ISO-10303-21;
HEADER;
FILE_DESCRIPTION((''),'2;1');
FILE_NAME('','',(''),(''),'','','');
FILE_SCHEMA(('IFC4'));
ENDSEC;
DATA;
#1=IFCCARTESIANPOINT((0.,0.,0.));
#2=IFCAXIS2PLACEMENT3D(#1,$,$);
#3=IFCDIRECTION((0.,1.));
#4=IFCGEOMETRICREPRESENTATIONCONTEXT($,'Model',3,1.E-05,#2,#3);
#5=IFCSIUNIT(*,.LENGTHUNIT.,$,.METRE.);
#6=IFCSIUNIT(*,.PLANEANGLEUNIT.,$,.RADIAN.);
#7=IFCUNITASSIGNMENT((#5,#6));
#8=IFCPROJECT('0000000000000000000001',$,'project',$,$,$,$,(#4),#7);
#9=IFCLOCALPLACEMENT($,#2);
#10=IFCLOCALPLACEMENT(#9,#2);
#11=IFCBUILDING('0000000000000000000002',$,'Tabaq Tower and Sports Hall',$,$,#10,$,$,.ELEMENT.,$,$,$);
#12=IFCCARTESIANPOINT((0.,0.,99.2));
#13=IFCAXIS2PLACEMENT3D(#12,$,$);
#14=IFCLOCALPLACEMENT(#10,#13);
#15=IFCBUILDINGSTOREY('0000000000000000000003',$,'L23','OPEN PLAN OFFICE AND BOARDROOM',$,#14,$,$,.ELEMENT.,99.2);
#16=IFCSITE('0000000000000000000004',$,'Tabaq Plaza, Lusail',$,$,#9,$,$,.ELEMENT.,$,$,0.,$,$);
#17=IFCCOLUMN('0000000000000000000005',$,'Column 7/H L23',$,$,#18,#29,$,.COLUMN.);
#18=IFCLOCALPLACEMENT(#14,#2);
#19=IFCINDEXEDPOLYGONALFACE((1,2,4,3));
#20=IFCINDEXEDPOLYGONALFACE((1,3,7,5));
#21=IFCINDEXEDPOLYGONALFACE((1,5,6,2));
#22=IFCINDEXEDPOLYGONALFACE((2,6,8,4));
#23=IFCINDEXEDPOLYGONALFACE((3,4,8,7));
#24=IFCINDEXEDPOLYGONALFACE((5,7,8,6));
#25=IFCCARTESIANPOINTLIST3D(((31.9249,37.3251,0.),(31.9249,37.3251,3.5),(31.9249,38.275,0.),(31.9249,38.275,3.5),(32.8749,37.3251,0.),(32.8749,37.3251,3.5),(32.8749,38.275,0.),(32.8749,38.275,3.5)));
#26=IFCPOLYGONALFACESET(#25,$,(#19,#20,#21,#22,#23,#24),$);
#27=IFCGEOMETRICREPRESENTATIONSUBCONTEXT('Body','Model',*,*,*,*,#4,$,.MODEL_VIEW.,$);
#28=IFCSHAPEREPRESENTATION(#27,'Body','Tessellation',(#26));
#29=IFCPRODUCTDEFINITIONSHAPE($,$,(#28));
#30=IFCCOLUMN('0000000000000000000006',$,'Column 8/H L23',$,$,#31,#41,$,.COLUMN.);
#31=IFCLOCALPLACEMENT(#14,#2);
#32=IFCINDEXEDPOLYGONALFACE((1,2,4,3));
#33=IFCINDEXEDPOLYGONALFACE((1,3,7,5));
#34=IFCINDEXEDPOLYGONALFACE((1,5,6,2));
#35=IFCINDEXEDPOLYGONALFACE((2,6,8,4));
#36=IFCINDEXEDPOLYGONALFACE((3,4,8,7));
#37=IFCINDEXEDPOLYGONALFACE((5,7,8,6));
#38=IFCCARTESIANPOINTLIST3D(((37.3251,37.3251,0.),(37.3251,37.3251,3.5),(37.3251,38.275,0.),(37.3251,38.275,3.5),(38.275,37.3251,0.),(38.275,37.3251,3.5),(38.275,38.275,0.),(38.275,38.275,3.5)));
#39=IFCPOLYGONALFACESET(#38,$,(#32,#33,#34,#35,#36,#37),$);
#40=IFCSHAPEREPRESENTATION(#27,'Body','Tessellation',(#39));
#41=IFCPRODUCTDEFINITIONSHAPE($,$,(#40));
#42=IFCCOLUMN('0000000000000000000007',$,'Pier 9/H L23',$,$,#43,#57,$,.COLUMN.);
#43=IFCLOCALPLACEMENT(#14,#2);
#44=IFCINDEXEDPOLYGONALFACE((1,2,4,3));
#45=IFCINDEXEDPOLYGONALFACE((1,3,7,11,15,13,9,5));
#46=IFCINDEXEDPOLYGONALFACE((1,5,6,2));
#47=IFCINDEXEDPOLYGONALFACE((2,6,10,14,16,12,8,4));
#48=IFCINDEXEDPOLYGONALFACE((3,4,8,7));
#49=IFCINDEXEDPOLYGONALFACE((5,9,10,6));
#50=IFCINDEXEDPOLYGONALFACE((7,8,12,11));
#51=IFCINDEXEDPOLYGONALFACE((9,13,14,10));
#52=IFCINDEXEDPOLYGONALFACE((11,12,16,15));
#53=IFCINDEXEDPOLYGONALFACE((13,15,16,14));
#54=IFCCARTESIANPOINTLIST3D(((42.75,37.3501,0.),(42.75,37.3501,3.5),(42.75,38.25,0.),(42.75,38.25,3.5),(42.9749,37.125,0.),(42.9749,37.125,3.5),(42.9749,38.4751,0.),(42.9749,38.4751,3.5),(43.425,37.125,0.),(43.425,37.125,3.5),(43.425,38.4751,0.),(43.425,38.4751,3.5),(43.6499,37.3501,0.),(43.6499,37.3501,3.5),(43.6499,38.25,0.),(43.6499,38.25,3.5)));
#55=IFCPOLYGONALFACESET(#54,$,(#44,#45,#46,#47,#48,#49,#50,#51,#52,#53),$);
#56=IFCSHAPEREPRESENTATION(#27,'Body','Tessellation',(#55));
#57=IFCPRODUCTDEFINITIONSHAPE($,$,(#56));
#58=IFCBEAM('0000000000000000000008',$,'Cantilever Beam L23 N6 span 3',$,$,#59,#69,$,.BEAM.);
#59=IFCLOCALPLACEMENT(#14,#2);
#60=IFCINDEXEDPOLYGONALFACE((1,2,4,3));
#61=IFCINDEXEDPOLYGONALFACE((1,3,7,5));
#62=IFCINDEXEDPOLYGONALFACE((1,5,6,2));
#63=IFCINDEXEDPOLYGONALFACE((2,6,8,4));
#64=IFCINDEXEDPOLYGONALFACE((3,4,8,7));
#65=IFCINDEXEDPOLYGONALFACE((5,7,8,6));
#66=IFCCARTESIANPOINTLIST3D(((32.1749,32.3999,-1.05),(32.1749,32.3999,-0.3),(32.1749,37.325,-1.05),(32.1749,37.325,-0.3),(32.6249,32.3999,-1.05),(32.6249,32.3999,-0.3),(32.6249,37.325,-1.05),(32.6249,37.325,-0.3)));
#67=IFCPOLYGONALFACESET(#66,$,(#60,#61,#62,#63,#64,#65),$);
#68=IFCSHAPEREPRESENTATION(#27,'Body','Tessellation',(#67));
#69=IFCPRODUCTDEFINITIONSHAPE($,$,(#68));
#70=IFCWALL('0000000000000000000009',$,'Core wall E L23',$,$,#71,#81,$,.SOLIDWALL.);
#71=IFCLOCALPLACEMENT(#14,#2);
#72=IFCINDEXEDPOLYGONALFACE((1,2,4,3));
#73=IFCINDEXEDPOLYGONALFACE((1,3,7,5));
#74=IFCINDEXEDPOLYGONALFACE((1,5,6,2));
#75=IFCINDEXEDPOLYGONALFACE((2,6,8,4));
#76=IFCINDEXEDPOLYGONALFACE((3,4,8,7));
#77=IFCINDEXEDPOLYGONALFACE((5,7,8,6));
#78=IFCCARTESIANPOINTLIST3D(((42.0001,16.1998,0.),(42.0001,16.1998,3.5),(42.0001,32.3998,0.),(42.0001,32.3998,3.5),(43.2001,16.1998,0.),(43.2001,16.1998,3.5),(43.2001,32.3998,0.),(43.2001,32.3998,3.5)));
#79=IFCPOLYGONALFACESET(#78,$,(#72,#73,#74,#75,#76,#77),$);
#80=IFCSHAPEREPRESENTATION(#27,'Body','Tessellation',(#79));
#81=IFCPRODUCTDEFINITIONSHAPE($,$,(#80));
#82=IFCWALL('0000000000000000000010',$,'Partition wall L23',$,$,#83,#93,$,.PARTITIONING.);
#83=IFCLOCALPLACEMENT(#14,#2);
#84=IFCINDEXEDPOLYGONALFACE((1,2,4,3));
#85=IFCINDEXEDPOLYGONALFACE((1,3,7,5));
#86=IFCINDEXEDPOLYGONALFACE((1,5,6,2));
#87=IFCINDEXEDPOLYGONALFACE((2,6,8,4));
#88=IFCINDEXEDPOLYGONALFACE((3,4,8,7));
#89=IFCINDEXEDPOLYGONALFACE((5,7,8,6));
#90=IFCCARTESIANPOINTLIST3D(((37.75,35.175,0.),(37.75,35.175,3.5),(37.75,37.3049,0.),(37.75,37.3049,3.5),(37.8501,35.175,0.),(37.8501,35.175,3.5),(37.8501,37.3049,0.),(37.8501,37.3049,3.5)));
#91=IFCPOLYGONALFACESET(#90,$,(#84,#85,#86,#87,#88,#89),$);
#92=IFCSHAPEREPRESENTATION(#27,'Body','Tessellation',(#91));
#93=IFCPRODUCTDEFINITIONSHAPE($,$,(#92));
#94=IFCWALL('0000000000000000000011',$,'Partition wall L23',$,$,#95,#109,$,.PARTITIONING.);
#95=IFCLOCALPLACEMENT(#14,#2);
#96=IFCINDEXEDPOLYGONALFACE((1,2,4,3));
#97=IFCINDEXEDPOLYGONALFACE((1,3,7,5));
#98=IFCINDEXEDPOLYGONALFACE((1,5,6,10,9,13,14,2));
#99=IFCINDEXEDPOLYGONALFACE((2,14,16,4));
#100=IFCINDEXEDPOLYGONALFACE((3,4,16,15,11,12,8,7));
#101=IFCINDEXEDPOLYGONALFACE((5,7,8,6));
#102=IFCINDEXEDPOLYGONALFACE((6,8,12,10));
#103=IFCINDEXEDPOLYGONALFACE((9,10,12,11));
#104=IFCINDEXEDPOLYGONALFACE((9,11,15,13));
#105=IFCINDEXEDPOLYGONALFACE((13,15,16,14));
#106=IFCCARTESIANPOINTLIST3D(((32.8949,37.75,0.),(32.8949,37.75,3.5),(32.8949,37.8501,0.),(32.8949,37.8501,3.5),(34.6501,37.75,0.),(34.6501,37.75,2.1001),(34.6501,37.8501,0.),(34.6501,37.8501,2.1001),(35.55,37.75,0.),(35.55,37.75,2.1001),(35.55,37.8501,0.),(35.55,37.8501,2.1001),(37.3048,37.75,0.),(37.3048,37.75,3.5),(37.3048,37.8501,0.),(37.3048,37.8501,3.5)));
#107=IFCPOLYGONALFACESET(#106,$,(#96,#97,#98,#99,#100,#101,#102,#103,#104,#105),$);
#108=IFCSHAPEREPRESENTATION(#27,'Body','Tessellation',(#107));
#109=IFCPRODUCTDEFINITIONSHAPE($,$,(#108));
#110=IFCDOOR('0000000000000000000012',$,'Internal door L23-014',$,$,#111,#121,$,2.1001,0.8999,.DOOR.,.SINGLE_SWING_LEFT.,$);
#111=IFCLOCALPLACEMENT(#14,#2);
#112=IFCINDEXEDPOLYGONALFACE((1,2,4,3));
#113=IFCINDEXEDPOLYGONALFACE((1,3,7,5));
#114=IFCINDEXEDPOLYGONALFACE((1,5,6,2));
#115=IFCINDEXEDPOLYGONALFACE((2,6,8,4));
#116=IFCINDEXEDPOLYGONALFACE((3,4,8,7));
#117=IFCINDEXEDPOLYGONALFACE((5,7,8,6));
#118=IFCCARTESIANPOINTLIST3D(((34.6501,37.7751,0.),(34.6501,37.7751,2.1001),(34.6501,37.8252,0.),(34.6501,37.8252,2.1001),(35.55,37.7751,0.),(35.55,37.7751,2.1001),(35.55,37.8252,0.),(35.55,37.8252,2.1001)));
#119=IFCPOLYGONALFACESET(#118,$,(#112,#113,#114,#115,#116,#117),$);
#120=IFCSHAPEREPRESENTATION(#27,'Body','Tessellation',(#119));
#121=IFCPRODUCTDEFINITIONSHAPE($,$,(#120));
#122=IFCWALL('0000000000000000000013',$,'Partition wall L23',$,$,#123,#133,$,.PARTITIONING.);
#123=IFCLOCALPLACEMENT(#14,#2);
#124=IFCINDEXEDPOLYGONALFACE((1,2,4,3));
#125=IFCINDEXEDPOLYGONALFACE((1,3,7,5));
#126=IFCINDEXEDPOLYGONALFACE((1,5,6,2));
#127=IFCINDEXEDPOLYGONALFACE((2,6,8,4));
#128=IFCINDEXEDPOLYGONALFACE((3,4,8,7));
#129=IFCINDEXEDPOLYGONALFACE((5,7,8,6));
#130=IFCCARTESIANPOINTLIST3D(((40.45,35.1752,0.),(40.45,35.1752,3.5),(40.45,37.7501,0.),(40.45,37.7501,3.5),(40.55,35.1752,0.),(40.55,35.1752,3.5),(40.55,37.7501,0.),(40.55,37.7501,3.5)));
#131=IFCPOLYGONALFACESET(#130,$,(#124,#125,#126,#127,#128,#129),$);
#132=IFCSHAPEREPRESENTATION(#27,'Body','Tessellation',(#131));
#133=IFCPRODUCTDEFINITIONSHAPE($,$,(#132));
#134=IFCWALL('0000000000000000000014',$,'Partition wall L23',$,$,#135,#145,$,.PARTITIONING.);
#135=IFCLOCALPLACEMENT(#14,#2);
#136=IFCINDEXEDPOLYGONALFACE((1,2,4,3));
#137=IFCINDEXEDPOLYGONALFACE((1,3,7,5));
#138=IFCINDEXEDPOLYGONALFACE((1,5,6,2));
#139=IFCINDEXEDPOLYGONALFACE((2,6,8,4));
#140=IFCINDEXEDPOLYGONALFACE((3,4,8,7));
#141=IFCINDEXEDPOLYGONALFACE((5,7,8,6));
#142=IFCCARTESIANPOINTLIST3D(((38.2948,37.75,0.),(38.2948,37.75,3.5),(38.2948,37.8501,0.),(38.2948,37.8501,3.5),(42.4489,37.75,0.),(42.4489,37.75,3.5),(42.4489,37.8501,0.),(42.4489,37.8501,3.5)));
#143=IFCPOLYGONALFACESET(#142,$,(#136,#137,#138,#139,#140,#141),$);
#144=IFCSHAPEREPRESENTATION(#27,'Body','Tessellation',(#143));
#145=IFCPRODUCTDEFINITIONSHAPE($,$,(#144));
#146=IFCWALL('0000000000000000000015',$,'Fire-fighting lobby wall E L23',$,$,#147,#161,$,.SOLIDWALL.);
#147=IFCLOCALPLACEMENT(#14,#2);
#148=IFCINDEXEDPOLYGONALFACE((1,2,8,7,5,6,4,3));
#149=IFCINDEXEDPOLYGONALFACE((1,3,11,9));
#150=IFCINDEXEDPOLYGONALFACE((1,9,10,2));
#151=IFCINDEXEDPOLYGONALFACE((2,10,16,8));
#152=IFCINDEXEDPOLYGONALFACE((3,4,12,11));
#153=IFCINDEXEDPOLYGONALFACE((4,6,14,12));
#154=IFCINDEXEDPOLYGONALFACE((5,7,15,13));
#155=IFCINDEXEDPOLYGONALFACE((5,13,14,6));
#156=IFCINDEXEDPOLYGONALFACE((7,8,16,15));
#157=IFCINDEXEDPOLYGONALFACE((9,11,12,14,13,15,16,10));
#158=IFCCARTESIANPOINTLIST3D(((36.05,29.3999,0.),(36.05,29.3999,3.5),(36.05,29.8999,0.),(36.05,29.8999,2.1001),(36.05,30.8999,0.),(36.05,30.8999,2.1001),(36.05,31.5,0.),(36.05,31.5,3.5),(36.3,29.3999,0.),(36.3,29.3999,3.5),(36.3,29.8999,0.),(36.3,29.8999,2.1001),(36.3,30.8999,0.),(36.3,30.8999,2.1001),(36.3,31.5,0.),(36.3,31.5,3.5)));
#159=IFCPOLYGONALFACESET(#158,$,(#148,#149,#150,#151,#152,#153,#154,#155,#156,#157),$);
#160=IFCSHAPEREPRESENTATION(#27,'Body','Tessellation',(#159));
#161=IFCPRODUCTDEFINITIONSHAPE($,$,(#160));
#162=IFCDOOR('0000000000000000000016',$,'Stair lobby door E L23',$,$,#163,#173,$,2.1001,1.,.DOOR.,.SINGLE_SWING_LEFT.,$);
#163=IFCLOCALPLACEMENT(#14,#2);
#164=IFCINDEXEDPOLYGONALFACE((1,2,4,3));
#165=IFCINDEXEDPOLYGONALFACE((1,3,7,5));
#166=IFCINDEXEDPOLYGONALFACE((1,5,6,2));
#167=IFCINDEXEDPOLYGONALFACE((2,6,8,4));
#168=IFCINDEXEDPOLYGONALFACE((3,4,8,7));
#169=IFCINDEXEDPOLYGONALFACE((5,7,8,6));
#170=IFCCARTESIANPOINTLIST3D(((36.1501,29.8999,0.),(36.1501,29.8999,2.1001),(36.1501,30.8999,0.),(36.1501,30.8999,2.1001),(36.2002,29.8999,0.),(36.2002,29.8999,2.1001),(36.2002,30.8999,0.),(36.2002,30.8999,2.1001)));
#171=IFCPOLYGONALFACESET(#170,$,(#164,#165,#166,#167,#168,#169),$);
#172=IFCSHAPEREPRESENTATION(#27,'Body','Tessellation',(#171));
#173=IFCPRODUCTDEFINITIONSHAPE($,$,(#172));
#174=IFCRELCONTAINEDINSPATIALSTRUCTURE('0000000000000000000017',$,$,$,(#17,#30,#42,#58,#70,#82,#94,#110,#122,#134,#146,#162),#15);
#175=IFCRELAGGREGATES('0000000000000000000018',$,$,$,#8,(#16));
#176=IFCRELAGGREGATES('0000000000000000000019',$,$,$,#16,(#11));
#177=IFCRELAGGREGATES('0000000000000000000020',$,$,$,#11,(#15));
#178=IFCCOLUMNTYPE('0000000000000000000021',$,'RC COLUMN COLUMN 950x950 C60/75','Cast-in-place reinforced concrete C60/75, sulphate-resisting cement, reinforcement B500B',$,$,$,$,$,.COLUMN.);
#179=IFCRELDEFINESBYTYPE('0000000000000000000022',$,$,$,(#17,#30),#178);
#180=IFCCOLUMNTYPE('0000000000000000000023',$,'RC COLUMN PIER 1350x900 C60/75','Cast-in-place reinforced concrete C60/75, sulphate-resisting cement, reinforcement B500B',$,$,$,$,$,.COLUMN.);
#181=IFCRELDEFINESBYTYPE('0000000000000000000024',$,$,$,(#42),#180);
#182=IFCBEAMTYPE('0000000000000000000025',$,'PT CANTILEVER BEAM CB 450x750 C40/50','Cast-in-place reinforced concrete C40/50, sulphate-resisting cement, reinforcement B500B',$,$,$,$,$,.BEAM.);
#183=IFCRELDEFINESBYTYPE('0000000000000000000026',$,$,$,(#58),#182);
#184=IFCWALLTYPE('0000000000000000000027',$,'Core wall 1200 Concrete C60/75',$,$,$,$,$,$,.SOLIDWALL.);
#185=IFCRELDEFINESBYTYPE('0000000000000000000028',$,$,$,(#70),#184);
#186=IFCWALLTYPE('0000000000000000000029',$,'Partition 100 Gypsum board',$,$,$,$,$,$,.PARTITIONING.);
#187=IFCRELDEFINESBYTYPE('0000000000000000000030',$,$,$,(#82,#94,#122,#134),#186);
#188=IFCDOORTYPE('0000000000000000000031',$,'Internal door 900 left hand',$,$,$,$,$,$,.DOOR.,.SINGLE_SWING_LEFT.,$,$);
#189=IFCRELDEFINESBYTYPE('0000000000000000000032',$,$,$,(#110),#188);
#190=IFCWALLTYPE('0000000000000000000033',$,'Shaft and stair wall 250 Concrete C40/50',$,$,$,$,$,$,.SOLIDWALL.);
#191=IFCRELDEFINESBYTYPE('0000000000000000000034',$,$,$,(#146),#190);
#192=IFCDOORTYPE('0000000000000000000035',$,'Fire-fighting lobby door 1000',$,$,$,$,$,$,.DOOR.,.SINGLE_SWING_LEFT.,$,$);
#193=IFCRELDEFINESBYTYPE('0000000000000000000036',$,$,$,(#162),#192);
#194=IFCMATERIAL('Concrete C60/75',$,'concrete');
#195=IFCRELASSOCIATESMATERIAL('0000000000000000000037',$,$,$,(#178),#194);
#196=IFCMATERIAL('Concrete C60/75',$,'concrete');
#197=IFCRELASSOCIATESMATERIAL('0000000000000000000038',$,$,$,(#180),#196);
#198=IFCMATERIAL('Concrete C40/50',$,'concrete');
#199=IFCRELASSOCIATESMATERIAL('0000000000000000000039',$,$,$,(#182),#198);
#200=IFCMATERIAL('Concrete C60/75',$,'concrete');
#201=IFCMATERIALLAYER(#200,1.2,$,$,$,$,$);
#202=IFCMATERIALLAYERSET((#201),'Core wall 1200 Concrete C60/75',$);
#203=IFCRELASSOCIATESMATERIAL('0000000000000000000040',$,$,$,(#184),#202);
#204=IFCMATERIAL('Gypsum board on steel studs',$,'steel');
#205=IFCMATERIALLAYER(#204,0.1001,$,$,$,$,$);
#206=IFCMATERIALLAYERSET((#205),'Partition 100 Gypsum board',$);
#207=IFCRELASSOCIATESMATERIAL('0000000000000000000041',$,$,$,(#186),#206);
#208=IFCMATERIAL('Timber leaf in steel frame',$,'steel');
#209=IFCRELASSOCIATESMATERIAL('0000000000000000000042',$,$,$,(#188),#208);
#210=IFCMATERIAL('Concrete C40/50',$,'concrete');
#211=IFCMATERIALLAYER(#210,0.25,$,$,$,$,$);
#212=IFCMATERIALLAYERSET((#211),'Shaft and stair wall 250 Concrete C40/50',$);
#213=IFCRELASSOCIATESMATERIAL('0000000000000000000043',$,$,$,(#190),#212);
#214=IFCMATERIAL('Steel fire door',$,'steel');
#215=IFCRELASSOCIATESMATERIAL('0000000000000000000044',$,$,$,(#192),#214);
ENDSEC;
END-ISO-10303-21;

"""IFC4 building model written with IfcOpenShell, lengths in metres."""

from ifc_helpers import new_model, si_unit, direction, frame, frame_2d, origin, origin_2d, place, context, subcontext, project, spatial, polyline, rectangle, outline, extrude, material, layer, layer_set, material_profile, profile_set, type_object, element, fill, save


model = new_model("IFC4")

# Units and contexts
model_context = context("Model", 3, precision=1e-05, world=origin(), true_north=direction((0.0, 1.0)))
body_context = subcontext(model_context, "Body", "Model", "MODEL_VIEW")
ifc_project = project(units=[si_unit("LENGTHUNIT", "METRE"), si_unit("PLANEANGLEUNIT", "RADIAN")], contexts=[model_context])

# Site, building, storey
site_placement = place(None, origin())
site = spatial("IfcSite", under=ifc_project, at=site_placement, Name="Tabaq Plaza, Lusail", CompositionType="ELEMENT", RefElevation=0.0)
building_placement = place(site_placement, origin())
building = spatial("IfcBuilding", under=site, at=building_placement, Name="Tabaq Tower and Sports Hall", CompositionType="ELEMENT")
storey_placement = place(building_placement, frame((0.0, 0.0, 99.2)))
storey = spatial("IfcBuildingStorey", under=building, at=storey_placement, Name="L23", Description="OPEN PLAN OFFICE AND BOARDROOM", CompositionType="ELEMENT", Elevation=99.2)

# Columns
ifc_material_1 = material(Name="Concrete C60/75", Category="concrete")
ifc_material_profile_1 = material_profile(ifc_material_1, rectangle(XDim=0.95, YDim=0.95, at=origin_2d()), Name="COLUMN 950x950")
ifc_profile_set_1 = profile_set([ifc_material_profile_1], Name="Concrete C60/75")
column_type_1 = type_object("IfcColumnType", Name="RC COLUMN COLUMN 950x950 C60/75", Description="Cast-in-place reinforced concrete C60/75, sulphate-resisting cement, reinforcement B500B", PredefinedType="COLUMN", material=ifc_profile_set_1)
for number, where, z_axis, x_axis, name in (
    (1, (32.3999, 37.8, 0.0), (0.0, 0.0, 1.0), (1.0, 0.0, 0.0), "Column 7/H L23"),
    (2, (37.8, 37.8, 0.0), (0.0, 0.0, 1.0), (1.0, 0.0, 0.0), "Column 8/H L23"),
):
    element("IfcColumn", number, at=place(storey_placement, frame(where, z_axis=z_axis, x_axis=x_axis)), inside=storey, type_object=column_type_1, Name=name, PredefinedType="COLUMN", context=body_context, shape_type="SweptSolid", body=[
        extrude(rectangle(XDim=0.95, YDim=0.95, at=origin_2d()), origin(), (0.0, 0.0, 1.0), 3.5),
    ])
ifc_material_2 = material(Name="Concrete C60/75", Category="concrete")
ifc_material_profile_2 = material_profile(ifc_material_2, outline(polyline([(-0.45, -0.45), (0.45, -0.45), (0.675, -0.2251), (0.675, 0.2251), (0.45, 0.45), (-0.45, 0.45), (-0.675, 0.2251), (-0.675, -0.2251), (-0.45, -0.45)])), Name="PIER 1350x900")
ifc_profile_set_2 = profile_set([ifc_material_profile_2], Name="Concrete C60/75")
column_type_2 = type_object("IfcColumnType", Name="RC COLUMN PIER 1350x900 C60/75", Description="Cast-in-place reinforced concrete C60/75, sulphate-resisting cement, reinforcement B500B", PredefinedType="COLUMN", material=ifc_profile_set_2)
column_placement = place(storey_placement, frame((43.2, 37.8, 0.0), z_axis=(0.0, 0.0, 1.0), x_axis=(0.0, 1.0, 0.0)))
element("IfcColumn", 3, at=column_placement, inside=storey, type_object=column_type_2, Name="Pier 9/H L23", PredefinedType="COLUMN", context=body_context, shape_type="SweptSolid", body=[
    extrude(outline(polyline([(-0.45, -0.45), (0.45, -0.45), (0.675, -0.2251), (0.675, 0.2251), (0.45, 0.45), (-0.45, 0.45), (-0.675, 0.2251), (-0.675, -0.2251), (-0.45, -0.45)])), origin(), (0.0, 0.0, 1.0), 3.5),
])

# Beam
ifc_material_3 = material(Name="Concrete C40/50", Category="concrete")
ifc_material_profile_3 = material_profile(ifc_material_3, rectangle(XDim=0.45, YDim=0.75, at=origin_2d()), Name="CB 450x750")
ifc_profile_set_3 = profile_set([ifc_material_profile_3], Name="Concrete C40/50")
beam_type = type_object("IfcBeamType", Name="PT CANTILEVER BEAM CB 450x750 C40/50", Description="Cast-in-place reinforced concrete C40/50, sulphate-resisting cement, reinforcement B500B", PredefinedType="BEAM", material=ifc_profile_set_3)
beam_placement = place(storey_placement, frame((32.3999, 37.325, -0.675), z_axis=(0.0, -1.0, 0.0), x_axis=(1.0, 0.0, 0.0)))
element("IfcBeam", 4, at=beam_placement, inside=storey, type_object=beam_type, Name="Cantilever Beam L23 N6 span 3", PredefinedType="BEAM", context=body_context, shape_type="SweptSolid", body=[
    extrude(rectangle(XDim=0.45, YDim=0.75, at=origin_2d()), origin(), (0.0, 0.0, 1.0), 4.925),
])

# Walls
ifc_material_4 = material(Name="Concrete C60/75", Category="concrete")
ifc_layer_1 = layer(ifc_material_4, 1.2)
ifc_layer_set_1 = layer_set([ifc_layer_1], Name="Core wall 1200 Concrete C60/75")
wall_type_1 = type_object("IfcWallType", Name="Core wall 1200 Concrete C60/75", PredefinedType="SOLIDWALL", material=ifc_layer_set_1)
wall_1_placement = place(storey_placement, frame((42.6001, 32.3999, 0.0), z_axis=(0.0, 0.0, 1.0), x_axis=(0.0, -1.0, 0.0)))
element("IfcWall", 5, at=wall_1_placement, inside=storey, type_object=wall_type_1, Name="Core wall E L23", PredefinedType="SOLIDWALL", context=body_context, shape_type="SweptSolid", body=[
    extrude(rectangle(XDim=16.2, YDim=1.2, at=frame_2d((8.1001, 0.0))), origin(), (0.0, 0.0, 1.0), 3.5),
])
ifc_material_5 = material(Name="Gypsum board on steel studs", Category="steel")
ifc_layer_2 = layer(ifc_material_5, 0.1001)
ifc_layer_set_2 = layer_set([ifc_layer_2], Name="Partition 100 Gypsum board")
wall_type_2 = type_object("IfcWallType", Name="Partition 100 Gypsum board", PredefinedType="PARTITIONING", material=ifc_layer_set_2)
wall_2_placement = place(storey_placement, frame((37.8, 35.175, 0.0), z_axis=(0.0, 0.0, 1.0), x_axis=(0.0, 1.0, 0.0)))
element("IfcWall", 6, at=wall_2_placement, inside=storey, type_object=wall_type_2, Name="Partition wall L23", PredefinedType="PARTITIONING", context=body_context, shape_type="SweptSolid", body=[
    extrude(rectangle(XDim=2.1299, YDim=0.1001, at=frame_2d((1.0649, 0.0))), origin(), (0.0, 0.0, 1.0), 3.5),
])

# Wall, opening, door
wall_3_placement = place(storey_placement, frame((37.3049, 37.8, 0.0), z_axis=(0.0, 0.0, 1.0), x_axis=(-1.0, 0.0, 0.0)))
wall_3 = element("IfcWall", 7, at=wall_3_placement, inside=storey, type_object=wall_type_2, Name="Partition wall L23", PredefinedType="PARTITIONING", context=body_context, shape_type="SweptSolid", body=[
    extrude(rectangle(XDim=4.4099, YDim=0.1001, at=frame_2d((2.2051, 0.0))), origin(), (0.0, 0.0, 1.0), 3.5),
])
opening_1_placement = place(wall_3_placement, frame((1.7549, 0.0, 0.0)))
opening_1 = element("IfcOpeningElement", 8, at=opening_1_placement, cuts=wall_3, PredefinedType="OPENING", context=body_context, shape_type="SweptSolid", body=[
    extrude(rectangle(XDim=0.8999, YDim=2.1001, at=frame_2d((0.45, 1.05))), frame((0.0, 0.05, 0.0), z_axis=(0.0, -1.0, 0.0), x_axis=(1.0, 0.0, 0.0)), (0.0, 0.0, 1.0), 0.1001),
])
ifc_material_6 = material(Name="Timber leaf in steel frame", Category="steel")
door_type_1 = type_object("IfcDoorType", Name="Internal door 900 left hand", OperationType="SINGLE_SWING_LEFT", PredefinedType="DOOR", material=ifc_material_6)
door_1_placement = place(opening_1_placement, origin())
door_1 = element("IfcDoor", 9, at=door_1_placement, inside=storey, type_object=door_type_1, Name="Internal door L23-014", OperationType="SINGLE_SWING_LEFT", OverallHeight=2.1001, OverallWidth=0.8999, PredefinedType="DOOR", context=body_context, shape_type="SweptSolid", body=[
    extrude(rectangle(XDim=0.8999, YDim=2.1001, at=frame_2d((0.45, 1.05))), frame((0.0, 0.0249, 0.0), z_axis=(0.0, -1.0, 0.0), x_axis=(1.0, 0.0, 0.0)), (0.0, 0.0, 1.0), 0.05),
])
fill(opening_1, door_1)

# Walls
wall_4_placement = place(storey_placement, frame((40.5, 35.175, 0.0), z_axis=(0.0, 0.0, 1.0), x_axis=(0.0, 1.0, 0.0)))
element("IfcWall", 10, at=wall_4_placement, inside=storey, type_object=wall_type_2, Name="Partition wall L23", PredefinedType="PARTITIONING", context=body_context, shape_type="SweptSolid", body=[
    extrude(rectangle(XDim=2.575, YDim=0.1001, at=frame_2d((1.2876, 0.0))), origin(), (0.0, 0.0, 1.0), 3.5),
])
wall_5_placement = place(storey_placement, frame((42.449, 37.8, 0.0), z_axis=(0.0, 0.0, 1.0), x_axis=(-1.0, 0.0, 0.0)))
element("IfcWall", 11, at=wall_5_placement, inside=storey, type_object=wall_type_2, Name="Partition wall L23", PredefinedType="PARTITIONING", context=body_context, shape_type="SweptSolid", body=[
    extrude(rectangle(XDim=4.1541, YDim=0.1001, at=frame_2d((2.0771, 0.0))), origin(), (0.0, 0.0, 1.0), 3.5),
])

# Wall, opening, door
ifc_material_7 = material(Name="Concrete C40/50", Category="concrete")
ifc_layer_3 = layer(ifc_material_7, 0.25)
ifc_layer_set_3 = layer_set([ifc_layer_3], Name="Shaft and stair wall 250 Concrete C40/50")
wall_type_3 = type_object("IfcWallType", Name="Shaft and stair wall 250 Concrete C40/50", PredefinedType="SOLIDWALL", material=ifc_layer_set_3)
wall_6_placement = place(storey_placement, frame((36.175, 29.3999, 0.0), z_axis=(0.0, 0.0, 1.0), x_axis=(0.0, 1.0, 0.0)))
wall_6 = element("IfcWall", 12, at=wall_6_placement, inside=storey, type_object=wall_type_3, Name="Fire-fighting lobby wall E L23", PredefinedType="SOLIDWALL", context=body_context, shape_type="SweptSolid", body=[
    extrude(rectangle(XDim=2.1001, YDim=0.25, at=frame_2d((1.05, 0.0))), origin(), (0.0, 0.0, 1.0), 3.5),
])
opening_2_placement = place(wall_6_placement, frame((0.5, 0.0, 0.0)))
opening_2 = element("IfcOpeningElement", 13, at=opening_2_placement, cuts=wall_6, PredefinedType="OPENING", context=body_context, shape_type="SweptSolid", body=[
    extrude(rectangle(XDim=1.0, YDim=2.1001, at=frame_2d((0.5, 1.05))), frame((0.0, 0.125, 0.0), z_axis=(0.0, -1.0, 0.0), x_axis=(1.0, 0.0, 0.0)), (0.0, 0.0, 1.0), 0.25),
])
ifc_material_8 = material(Name="Steel fire door", Category="steel")
door_type_2 = type_object("IfcDoorType", Name="Fire-fighting lobby door 1000", OperationType="SINGLE_SWING_LEFT", PredefinedType="DOOR", material=ifc_material_8)
door_2_placement = place(opening_2_placement, origin())
door_2 = element("IfcDoor", 14, at=door_2_placement, inside=storey, type_object=door_type_2, Name="Stair lobby door E L23", OperationType="SINGLE_SWING_LEFT", OverallHeight=2.1001, OverallWidth=1.0, PredefinedType="DOOR", context=body_context, shape_type="SweptSolid", body=[
    extrude(rectangle(XDim=1.0, YDim=2.1001, at=frame_2d((0.5, 1.05))), frame((0.0, 0.0249, 0.0), z_axis=(0.0, -1.0, 0.0), x_axis=(1.0, 0.0, 0.0)), (0.0, 0.0, 1.0), 0.05),
])
fill(opening_2, door_2)

save(model, "model.ifc")
